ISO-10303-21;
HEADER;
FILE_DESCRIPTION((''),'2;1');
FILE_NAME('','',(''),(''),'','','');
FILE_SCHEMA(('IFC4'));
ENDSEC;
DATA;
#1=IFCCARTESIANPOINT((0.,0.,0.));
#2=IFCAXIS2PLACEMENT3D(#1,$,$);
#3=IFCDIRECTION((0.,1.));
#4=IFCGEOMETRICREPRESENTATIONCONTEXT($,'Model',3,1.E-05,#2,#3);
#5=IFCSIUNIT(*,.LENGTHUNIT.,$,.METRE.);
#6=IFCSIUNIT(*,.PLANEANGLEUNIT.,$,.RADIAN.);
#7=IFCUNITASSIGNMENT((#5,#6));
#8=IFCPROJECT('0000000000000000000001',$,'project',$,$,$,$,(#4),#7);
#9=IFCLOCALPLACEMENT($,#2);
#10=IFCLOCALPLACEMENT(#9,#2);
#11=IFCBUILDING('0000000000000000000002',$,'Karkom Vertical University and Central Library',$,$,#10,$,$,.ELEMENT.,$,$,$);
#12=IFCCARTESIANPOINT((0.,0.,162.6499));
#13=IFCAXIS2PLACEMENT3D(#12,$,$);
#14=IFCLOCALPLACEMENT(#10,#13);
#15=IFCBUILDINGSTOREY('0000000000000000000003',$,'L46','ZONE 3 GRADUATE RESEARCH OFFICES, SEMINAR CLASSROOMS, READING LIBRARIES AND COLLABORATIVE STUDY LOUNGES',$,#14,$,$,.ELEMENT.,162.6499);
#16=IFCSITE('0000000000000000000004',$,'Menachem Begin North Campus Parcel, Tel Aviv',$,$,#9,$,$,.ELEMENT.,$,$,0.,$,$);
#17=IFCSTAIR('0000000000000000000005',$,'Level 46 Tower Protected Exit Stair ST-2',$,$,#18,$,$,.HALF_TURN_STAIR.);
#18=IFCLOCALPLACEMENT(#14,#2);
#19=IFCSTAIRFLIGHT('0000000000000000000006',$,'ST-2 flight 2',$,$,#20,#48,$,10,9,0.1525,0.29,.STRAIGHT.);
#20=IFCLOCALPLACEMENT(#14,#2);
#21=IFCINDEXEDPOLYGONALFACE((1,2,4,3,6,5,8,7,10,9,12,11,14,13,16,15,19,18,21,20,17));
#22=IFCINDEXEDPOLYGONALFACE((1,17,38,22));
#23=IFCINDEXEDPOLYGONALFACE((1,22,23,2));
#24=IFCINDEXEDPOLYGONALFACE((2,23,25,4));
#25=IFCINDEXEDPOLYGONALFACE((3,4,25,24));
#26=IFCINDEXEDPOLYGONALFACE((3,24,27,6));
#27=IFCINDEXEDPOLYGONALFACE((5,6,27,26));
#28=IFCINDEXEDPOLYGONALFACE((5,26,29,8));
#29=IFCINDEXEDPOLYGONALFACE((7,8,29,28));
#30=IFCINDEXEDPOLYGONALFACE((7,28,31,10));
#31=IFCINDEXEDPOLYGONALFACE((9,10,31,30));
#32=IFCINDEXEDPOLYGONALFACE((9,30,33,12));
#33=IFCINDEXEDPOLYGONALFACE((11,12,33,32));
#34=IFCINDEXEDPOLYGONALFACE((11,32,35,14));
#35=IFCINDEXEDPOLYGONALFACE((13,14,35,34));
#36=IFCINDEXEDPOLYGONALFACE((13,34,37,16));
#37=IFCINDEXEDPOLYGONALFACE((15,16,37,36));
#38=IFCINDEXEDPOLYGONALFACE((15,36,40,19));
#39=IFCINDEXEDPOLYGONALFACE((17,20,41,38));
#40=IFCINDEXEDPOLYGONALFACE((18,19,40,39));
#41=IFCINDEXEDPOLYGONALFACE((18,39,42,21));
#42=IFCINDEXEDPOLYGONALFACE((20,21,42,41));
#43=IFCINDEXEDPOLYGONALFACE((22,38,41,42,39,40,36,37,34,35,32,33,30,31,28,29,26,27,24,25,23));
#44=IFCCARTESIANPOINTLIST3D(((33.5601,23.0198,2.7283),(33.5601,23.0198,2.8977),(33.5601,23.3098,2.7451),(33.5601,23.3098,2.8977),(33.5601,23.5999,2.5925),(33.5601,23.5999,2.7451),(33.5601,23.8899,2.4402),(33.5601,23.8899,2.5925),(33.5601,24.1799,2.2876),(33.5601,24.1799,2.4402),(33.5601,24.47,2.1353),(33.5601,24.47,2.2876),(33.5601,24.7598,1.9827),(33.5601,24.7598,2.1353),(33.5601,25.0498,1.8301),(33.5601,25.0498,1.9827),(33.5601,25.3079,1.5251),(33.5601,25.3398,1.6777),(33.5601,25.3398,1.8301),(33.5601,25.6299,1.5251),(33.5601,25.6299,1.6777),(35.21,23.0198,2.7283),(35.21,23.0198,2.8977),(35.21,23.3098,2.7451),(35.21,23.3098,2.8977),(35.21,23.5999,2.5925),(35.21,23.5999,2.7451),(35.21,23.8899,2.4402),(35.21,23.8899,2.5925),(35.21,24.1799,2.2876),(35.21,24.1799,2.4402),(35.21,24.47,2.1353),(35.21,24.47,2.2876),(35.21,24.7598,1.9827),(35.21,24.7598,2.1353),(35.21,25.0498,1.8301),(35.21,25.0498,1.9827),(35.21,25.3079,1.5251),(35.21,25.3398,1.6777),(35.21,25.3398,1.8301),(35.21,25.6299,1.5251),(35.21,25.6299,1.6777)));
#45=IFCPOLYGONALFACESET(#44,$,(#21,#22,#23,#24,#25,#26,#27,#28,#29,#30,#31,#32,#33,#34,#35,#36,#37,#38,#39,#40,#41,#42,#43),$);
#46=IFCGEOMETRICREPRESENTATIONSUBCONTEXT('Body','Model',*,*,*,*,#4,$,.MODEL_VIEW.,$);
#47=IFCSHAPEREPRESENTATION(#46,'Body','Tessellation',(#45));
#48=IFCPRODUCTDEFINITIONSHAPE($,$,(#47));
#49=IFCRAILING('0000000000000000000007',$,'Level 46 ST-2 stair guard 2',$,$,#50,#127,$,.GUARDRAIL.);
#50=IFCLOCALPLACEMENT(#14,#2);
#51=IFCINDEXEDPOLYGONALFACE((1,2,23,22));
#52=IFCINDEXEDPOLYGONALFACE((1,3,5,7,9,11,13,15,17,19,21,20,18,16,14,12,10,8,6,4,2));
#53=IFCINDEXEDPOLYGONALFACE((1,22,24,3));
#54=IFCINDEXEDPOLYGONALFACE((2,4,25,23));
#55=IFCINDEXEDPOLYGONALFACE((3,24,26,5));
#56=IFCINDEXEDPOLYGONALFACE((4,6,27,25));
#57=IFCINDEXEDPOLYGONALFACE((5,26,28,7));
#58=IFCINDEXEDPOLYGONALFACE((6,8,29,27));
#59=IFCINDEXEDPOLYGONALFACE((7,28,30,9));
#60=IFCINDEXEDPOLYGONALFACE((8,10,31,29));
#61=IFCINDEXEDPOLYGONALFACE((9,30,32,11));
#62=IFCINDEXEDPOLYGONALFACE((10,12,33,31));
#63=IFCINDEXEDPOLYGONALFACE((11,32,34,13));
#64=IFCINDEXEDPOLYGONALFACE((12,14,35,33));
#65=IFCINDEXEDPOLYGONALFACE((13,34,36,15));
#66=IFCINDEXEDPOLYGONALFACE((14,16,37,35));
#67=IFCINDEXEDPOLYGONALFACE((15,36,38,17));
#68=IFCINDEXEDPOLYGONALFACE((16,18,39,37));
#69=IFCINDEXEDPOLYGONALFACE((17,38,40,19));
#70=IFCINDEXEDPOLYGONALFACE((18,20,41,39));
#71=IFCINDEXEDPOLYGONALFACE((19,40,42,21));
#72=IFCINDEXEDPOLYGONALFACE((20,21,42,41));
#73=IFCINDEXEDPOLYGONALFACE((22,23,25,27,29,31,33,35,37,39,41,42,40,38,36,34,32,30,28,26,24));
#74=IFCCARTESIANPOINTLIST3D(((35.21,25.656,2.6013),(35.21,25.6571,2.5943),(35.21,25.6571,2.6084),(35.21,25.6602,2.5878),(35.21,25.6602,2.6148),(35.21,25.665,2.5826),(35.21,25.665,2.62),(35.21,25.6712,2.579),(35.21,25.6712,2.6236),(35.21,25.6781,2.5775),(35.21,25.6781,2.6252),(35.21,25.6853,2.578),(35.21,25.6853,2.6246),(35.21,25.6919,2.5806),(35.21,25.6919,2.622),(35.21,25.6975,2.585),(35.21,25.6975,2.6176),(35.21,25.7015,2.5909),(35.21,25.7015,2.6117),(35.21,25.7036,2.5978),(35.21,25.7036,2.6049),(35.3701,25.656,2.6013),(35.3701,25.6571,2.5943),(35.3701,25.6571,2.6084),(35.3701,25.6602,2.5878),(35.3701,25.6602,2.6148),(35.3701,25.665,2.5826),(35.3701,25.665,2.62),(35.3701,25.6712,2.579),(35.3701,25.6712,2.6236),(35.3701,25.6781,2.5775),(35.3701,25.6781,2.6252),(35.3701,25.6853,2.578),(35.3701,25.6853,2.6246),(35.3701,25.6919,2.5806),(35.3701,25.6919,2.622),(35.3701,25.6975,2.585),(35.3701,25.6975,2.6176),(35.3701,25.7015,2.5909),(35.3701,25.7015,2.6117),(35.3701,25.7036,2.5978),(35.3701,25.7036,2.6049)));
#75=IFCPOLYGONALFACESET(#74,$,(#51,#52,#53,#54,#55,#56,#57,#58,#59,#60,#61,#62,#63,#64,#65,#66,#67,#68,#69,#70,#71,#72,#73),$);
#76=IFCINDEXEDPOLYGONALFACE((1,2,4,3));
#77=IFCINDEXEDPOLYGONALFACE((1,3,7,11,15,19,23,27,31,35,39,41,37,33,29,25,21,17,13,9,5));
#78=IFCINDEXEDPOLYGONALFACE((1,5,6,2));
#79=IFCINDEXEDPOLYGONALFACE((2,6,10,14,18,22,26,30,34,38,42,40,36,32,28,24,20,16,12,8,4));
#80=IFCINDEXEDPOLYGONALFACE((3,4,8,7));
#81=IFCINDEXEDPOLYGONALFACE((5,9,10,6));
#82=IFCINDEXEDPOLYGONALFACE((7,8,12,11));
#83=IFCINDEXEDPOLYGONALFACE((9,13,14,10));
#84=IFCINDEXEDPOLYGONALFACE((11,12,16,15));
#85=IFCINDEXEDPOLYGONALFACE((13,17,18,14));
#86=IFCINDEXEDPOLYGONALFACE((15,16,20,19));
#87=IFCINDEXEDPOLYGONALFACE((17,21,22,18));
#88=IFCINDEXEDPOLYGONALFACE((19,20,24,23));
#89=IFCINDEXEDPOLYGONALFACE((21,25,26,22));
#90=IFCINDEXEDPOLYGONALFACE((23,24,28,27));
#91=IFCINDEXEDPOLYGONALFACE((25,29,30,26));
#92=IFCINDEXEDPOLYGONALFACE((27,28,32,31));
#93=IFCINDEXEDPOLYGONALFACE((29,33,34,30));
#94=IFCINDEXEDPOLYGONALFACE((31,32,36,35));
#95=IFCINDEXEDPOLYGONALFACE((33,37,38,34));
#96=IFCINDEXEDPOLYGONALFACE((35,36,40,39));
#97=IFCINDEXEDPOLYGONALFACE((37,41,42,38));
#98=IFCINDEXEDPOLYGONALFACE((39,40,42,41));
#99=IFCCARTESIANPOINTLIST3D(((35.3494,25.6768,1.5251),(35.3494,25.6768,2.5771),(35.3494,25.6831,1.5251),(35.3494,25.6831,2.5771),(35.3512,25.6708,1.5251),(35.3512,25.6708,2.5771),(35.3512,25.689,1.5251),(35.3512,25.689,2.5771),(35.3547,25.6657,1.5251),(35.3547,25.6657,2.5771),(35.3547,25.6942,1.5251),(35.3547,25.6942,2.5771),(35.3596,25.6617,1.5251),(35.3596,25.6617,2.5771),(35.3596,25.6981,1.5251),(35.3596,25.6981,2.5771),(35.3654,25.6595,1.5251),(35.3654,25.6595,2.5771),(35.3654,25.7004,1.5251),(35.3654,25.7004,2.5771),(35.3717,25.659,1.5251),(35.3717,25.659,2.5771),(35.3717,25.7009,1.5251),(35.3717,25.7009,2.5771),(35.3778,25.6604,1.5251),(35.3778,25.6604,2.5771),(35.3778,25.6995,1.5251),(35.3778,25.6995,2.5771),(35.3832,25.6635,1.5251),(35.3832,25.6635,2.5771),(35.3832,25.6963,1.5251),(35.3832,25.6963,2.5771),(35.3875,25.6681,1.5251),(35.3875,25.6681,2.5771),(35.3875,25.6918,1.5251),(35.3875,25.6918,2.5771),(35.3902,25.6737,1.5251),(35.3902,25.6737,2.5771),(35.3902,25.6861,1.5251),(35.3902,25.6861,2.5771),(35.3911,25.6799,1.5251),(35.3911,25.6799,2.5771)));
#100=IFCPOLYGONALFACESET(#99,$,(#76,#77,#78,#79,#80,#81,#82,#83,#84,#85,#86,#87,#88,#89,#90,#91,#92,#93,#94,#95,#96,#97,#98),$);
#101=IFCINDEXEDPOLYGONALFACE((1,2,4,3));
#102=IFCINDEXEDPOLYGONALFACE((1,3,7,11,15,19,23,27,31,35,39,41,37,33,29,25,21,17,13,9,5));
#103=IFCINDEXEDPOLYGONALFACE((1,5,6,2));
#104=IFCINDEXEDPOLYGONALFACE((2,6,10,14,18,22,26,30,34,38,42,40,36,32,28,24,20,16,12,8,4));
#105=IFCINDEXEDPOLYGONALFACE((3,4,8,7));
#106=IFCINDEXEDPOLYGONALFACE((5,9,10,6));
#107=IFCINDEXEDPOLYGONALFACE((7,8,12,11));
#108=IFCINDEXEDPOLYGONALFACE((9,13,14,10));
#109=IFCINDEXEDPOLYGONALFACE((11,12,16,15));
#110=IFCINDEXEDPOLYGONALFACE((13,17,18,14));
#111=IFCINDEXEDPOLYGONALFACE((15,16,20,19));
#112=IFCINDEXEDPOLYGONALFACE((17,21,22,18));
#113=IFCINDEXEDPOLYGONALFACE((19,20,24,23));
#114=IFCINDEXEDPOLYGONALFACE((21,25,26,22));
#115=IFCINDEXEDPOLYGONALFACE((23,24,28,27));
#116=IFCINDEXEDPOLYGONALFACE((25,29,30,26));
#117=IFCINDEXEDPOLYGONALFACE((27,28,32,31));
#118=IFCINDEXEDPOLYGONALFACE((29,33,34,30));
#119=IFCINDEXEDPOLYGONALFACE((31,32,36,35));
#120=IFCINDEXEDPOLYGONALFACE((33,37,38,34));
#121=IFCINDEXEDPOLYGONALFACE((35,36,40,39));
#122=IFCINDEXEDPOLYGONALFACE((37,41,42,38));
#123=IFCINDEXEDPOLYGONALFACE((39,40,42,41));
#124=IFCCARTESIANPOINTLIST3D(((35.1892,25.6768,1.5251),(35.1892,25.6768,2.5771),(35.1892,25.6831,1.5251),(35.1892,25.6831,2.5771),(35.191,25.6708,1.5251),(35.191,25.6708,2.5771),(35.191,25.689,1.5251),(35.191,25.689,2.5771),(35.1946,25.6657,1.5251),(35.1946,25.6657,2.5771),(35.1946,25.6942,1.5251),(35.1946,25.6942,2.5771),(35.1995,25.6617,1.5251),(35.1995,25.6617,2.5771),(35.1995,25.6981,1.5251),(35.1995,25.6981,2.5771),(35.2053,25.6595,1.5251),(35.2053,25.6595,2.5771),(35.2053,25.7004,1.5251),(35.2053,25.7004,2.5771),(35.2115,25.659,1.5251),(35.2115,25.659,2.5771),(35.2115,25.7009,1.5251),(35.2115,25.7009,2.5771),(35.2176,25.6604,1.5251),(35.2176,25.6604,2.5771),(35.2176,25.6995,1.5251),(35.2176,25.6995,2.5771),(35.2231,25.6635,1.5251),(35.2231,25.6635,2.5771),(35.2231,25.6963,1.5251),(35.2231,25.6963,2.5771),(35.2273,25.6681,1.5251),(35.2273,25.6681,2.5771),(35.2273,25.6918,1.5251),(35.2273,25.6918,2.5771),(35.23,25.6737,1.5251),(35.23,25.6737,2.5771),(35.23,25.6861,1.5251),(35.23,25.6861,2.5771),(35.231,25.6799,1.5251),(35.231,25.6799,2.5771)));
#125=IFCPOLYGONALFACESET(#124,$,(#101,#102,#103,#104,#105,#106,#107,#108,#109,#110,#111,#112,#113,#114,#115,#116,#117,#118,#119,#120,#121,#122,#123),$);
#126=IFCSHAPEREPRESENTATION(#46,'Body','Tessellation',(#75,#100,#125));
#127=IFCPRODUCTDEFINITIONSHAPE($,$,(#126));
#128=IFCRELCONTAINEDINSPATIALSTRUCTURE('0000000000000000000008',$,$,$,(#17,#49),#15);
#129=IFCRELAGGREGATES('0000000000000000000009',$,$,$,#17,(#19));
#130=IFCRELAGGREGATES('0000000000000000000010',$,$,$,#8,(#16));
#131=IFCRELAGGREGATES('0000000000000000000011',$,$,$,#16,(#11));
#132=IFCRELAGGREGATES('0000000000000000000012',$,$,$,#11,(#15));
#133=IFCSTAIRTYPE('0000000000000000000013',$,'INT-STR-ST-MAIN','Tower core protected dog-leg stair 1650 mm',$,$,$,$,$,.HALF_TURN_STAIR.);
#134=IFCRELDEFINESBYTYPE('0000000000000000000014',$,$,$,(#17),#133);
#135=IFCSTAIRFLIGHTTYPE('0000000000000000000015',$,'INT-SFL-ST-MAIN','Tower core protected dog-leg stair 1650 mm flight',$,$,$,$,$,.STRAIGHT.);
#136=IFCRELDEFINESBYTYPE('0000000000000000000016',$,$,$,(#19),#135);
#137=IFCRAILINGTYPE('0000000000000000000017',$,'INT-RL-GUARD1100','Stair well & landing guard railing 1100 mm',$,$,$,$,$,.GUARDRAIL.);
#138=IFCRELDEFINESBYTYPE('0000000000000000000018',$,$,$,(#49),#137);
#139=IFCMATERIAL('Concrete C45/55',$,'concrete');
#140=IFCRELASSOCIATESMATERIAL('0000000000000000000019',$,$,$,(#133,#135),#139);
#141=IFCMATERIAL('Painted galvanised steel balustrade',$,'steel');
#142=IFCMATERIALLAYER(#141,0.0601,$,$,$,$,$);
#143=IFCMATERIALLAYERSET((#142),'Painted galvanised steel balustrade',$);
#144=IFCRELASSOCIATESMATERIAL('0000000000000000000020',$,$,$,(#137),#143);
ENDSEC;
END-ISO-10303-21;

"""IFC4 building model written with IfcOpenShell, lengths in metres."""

from ifc_helpers import new_model, si_unit, direction, frame, origin, origin_2d, place, context, subcontext, project, spatial, polyline, circle, outline, extrude, material, layer, layer_set, type_object, element, aggregate, save


model = new_model("IFC4")

# Units and contexts
model_context = context("Model", 3, precision=1e-05, world=origin(), true_north=direction((0.0, 1.0)))
body_context = subcontext(model_context, "Body", "Model", "MODEL_VIEW")
ifc_project = project(units=[si_unit("LENGTHUNIT", "METRE"), si_unit("PLANEANGLEUNIT", "RADIAN")], contexts=[model_context])

# Site, building, storey
site_placement = place(None, origin())
site = spatial("IfcSite", under=ifc_project, at=site_placement, Name="Menachem Begin North Campus Parcel, Tel Aviv", CompositionType="ELEMENT", RefElevation=0.0)
building_placement = place(site_placement, origin())
building = spatial("IfcBuilding", under=site, at=building_placement, Name="Karkom Vertical University and Central Library", CompositionType="ELEMENT")
storey_placement = place(building_placement, frame((0.0, 0.0, 162.6499)))
storey = spatial("IfcBuildingStorey", under=building, at=storey_placement, Name="L46", Description="ZONE 3 GRADUATE RESEARCH OFFICES, SEMINAR CLASSROOMS, READING LIBRARIES AND COLLABORATIVE STUDY LOUNGES", CompositionType="ELEMENT", Elevation=162.6499)

# Shared definitions
ifc_material_1 = material(Name="Concrete C45/55", Category="concrete")

# Stair, stair flight
stair_type = type_object("IfcStairType", Name="INT-STR-ST-MAIN", Description="Tower core protected dog-leg stair 1650 mm", PredefinedType="HALF_TURN_STAIR", material=ifc_material_1)
stair_placement = place(storey_placement, origin())
stair = element("IfcStair", 1, at=stair_placement, inside=storey, type_object=stair_type, Name="Level 46 Tower Protected Exit Stair ST-2", PredefinedType="HALF_TURN_STAIR")
stair_flight_type = type_object("IfcStairFlightType", Name="INT-SFL-ST-MAIN", Description="Tower core protected dog-leg stair 1650 mm flight", PredefinedType="STRAIGHT", material=ifc_material_1)
stair_flight_placement = place(storey_placement, frame((34.385, 25.6299, 1.5251), z_axis=(0.0, 0.0, 1.0), x_axis=(0.0, -1.0, 0.0)))
stair_flight = element("IfcStairFlight", 2, at=stair_flight_placement, type_object=stair_flight_type, Name="ST-2 flight 2", NumberOfRisers=10, NumberOfTreads=9, PredefinedType="STRAIGHT", RiserHeight=0.1525, TreadLength=0.29, context=body_context, shape_type="SweptSolid", body=[
    extrude(outline(polyline([(0.0, 0.0), (0.0, 0.1526), (0.29, 0.1526), (0.29, 0.3049), (0.5801, 0.3049), (0.5801, 0.4575), (0.8701, 0.4575), (0.8701, 0.6101), (1.1599, 0.6101), (1.1599, 0.7625), (1.45, 0.7625), (1.45, 0.915), (1.74, 0.915), (1.74, 1.0674), (2.03, 1.0674), (2.03, 1.22), (2.3201, 1.22), (2.3201, 1.3726), (2.6101, 1.3726), (2.6101, 1.5249), (2.6101, 1.2031), (0.322, 0.0), (0.0, 0.0)])), frame((0.0, 0.825, 0.0), z_axis=(0.0, -1.0, 0.0), x_axis=(1.0, 0.0, 0.0)), (0.0, 0.0, 1.0), 1.6499),
])
aggregate(stair, [stair_flight])

# Railing
ifc_material_2 = material(Name="Painted galvanised steel balustrade", Category="steel")
ifc_layer_1 = layer(ifc_material_2, 0.0601)
ifc_layer_set_1 = layer_set([ifc_layer_1], Name="Painted galvanised steel balustrade")
railing_type_1 = type_object("IfcRailingType", Name="INT-RL-GUARD1100", Description="Stair well & landing guard railing 1100 mm", PredefinedType="GUARDRAIL", material=ifc_layer_set_1)
railing_1_placement = place(storey_placement, frame((35.3701, 25.6799, 1.5251)))
element("IfcRailing", 3, at=railing_1_placement, inside=storey, type_object=railing_type_1, Name="Level 46 ST-2 stair guard 2", PredefinedType="GUARDRAIL", context=body_context, shape_type="SweptSolid", body=[
    extrude(circle(Radius=0.0239, at=origin_2d()), frame((0.0, 0.0, 1.0762), z_axis=(-1.0, 0.0, 0.0), x_axis=(0.0, -1.0, 0.0)), (0.0, 0.0, 1.0), 0.1602),
    extrude(circle(Radius=0.021, at=origin_2d()), origin(), (0.0, 0.0, 1.0), 1.052),
    extrude(circle(Radius=0.021, at=origin_2d()), frame((-0.1602, 0.0, 0.0)), (0.0, 0.0, 1.0), 1.052),
])

save(model, "model.ifc")
